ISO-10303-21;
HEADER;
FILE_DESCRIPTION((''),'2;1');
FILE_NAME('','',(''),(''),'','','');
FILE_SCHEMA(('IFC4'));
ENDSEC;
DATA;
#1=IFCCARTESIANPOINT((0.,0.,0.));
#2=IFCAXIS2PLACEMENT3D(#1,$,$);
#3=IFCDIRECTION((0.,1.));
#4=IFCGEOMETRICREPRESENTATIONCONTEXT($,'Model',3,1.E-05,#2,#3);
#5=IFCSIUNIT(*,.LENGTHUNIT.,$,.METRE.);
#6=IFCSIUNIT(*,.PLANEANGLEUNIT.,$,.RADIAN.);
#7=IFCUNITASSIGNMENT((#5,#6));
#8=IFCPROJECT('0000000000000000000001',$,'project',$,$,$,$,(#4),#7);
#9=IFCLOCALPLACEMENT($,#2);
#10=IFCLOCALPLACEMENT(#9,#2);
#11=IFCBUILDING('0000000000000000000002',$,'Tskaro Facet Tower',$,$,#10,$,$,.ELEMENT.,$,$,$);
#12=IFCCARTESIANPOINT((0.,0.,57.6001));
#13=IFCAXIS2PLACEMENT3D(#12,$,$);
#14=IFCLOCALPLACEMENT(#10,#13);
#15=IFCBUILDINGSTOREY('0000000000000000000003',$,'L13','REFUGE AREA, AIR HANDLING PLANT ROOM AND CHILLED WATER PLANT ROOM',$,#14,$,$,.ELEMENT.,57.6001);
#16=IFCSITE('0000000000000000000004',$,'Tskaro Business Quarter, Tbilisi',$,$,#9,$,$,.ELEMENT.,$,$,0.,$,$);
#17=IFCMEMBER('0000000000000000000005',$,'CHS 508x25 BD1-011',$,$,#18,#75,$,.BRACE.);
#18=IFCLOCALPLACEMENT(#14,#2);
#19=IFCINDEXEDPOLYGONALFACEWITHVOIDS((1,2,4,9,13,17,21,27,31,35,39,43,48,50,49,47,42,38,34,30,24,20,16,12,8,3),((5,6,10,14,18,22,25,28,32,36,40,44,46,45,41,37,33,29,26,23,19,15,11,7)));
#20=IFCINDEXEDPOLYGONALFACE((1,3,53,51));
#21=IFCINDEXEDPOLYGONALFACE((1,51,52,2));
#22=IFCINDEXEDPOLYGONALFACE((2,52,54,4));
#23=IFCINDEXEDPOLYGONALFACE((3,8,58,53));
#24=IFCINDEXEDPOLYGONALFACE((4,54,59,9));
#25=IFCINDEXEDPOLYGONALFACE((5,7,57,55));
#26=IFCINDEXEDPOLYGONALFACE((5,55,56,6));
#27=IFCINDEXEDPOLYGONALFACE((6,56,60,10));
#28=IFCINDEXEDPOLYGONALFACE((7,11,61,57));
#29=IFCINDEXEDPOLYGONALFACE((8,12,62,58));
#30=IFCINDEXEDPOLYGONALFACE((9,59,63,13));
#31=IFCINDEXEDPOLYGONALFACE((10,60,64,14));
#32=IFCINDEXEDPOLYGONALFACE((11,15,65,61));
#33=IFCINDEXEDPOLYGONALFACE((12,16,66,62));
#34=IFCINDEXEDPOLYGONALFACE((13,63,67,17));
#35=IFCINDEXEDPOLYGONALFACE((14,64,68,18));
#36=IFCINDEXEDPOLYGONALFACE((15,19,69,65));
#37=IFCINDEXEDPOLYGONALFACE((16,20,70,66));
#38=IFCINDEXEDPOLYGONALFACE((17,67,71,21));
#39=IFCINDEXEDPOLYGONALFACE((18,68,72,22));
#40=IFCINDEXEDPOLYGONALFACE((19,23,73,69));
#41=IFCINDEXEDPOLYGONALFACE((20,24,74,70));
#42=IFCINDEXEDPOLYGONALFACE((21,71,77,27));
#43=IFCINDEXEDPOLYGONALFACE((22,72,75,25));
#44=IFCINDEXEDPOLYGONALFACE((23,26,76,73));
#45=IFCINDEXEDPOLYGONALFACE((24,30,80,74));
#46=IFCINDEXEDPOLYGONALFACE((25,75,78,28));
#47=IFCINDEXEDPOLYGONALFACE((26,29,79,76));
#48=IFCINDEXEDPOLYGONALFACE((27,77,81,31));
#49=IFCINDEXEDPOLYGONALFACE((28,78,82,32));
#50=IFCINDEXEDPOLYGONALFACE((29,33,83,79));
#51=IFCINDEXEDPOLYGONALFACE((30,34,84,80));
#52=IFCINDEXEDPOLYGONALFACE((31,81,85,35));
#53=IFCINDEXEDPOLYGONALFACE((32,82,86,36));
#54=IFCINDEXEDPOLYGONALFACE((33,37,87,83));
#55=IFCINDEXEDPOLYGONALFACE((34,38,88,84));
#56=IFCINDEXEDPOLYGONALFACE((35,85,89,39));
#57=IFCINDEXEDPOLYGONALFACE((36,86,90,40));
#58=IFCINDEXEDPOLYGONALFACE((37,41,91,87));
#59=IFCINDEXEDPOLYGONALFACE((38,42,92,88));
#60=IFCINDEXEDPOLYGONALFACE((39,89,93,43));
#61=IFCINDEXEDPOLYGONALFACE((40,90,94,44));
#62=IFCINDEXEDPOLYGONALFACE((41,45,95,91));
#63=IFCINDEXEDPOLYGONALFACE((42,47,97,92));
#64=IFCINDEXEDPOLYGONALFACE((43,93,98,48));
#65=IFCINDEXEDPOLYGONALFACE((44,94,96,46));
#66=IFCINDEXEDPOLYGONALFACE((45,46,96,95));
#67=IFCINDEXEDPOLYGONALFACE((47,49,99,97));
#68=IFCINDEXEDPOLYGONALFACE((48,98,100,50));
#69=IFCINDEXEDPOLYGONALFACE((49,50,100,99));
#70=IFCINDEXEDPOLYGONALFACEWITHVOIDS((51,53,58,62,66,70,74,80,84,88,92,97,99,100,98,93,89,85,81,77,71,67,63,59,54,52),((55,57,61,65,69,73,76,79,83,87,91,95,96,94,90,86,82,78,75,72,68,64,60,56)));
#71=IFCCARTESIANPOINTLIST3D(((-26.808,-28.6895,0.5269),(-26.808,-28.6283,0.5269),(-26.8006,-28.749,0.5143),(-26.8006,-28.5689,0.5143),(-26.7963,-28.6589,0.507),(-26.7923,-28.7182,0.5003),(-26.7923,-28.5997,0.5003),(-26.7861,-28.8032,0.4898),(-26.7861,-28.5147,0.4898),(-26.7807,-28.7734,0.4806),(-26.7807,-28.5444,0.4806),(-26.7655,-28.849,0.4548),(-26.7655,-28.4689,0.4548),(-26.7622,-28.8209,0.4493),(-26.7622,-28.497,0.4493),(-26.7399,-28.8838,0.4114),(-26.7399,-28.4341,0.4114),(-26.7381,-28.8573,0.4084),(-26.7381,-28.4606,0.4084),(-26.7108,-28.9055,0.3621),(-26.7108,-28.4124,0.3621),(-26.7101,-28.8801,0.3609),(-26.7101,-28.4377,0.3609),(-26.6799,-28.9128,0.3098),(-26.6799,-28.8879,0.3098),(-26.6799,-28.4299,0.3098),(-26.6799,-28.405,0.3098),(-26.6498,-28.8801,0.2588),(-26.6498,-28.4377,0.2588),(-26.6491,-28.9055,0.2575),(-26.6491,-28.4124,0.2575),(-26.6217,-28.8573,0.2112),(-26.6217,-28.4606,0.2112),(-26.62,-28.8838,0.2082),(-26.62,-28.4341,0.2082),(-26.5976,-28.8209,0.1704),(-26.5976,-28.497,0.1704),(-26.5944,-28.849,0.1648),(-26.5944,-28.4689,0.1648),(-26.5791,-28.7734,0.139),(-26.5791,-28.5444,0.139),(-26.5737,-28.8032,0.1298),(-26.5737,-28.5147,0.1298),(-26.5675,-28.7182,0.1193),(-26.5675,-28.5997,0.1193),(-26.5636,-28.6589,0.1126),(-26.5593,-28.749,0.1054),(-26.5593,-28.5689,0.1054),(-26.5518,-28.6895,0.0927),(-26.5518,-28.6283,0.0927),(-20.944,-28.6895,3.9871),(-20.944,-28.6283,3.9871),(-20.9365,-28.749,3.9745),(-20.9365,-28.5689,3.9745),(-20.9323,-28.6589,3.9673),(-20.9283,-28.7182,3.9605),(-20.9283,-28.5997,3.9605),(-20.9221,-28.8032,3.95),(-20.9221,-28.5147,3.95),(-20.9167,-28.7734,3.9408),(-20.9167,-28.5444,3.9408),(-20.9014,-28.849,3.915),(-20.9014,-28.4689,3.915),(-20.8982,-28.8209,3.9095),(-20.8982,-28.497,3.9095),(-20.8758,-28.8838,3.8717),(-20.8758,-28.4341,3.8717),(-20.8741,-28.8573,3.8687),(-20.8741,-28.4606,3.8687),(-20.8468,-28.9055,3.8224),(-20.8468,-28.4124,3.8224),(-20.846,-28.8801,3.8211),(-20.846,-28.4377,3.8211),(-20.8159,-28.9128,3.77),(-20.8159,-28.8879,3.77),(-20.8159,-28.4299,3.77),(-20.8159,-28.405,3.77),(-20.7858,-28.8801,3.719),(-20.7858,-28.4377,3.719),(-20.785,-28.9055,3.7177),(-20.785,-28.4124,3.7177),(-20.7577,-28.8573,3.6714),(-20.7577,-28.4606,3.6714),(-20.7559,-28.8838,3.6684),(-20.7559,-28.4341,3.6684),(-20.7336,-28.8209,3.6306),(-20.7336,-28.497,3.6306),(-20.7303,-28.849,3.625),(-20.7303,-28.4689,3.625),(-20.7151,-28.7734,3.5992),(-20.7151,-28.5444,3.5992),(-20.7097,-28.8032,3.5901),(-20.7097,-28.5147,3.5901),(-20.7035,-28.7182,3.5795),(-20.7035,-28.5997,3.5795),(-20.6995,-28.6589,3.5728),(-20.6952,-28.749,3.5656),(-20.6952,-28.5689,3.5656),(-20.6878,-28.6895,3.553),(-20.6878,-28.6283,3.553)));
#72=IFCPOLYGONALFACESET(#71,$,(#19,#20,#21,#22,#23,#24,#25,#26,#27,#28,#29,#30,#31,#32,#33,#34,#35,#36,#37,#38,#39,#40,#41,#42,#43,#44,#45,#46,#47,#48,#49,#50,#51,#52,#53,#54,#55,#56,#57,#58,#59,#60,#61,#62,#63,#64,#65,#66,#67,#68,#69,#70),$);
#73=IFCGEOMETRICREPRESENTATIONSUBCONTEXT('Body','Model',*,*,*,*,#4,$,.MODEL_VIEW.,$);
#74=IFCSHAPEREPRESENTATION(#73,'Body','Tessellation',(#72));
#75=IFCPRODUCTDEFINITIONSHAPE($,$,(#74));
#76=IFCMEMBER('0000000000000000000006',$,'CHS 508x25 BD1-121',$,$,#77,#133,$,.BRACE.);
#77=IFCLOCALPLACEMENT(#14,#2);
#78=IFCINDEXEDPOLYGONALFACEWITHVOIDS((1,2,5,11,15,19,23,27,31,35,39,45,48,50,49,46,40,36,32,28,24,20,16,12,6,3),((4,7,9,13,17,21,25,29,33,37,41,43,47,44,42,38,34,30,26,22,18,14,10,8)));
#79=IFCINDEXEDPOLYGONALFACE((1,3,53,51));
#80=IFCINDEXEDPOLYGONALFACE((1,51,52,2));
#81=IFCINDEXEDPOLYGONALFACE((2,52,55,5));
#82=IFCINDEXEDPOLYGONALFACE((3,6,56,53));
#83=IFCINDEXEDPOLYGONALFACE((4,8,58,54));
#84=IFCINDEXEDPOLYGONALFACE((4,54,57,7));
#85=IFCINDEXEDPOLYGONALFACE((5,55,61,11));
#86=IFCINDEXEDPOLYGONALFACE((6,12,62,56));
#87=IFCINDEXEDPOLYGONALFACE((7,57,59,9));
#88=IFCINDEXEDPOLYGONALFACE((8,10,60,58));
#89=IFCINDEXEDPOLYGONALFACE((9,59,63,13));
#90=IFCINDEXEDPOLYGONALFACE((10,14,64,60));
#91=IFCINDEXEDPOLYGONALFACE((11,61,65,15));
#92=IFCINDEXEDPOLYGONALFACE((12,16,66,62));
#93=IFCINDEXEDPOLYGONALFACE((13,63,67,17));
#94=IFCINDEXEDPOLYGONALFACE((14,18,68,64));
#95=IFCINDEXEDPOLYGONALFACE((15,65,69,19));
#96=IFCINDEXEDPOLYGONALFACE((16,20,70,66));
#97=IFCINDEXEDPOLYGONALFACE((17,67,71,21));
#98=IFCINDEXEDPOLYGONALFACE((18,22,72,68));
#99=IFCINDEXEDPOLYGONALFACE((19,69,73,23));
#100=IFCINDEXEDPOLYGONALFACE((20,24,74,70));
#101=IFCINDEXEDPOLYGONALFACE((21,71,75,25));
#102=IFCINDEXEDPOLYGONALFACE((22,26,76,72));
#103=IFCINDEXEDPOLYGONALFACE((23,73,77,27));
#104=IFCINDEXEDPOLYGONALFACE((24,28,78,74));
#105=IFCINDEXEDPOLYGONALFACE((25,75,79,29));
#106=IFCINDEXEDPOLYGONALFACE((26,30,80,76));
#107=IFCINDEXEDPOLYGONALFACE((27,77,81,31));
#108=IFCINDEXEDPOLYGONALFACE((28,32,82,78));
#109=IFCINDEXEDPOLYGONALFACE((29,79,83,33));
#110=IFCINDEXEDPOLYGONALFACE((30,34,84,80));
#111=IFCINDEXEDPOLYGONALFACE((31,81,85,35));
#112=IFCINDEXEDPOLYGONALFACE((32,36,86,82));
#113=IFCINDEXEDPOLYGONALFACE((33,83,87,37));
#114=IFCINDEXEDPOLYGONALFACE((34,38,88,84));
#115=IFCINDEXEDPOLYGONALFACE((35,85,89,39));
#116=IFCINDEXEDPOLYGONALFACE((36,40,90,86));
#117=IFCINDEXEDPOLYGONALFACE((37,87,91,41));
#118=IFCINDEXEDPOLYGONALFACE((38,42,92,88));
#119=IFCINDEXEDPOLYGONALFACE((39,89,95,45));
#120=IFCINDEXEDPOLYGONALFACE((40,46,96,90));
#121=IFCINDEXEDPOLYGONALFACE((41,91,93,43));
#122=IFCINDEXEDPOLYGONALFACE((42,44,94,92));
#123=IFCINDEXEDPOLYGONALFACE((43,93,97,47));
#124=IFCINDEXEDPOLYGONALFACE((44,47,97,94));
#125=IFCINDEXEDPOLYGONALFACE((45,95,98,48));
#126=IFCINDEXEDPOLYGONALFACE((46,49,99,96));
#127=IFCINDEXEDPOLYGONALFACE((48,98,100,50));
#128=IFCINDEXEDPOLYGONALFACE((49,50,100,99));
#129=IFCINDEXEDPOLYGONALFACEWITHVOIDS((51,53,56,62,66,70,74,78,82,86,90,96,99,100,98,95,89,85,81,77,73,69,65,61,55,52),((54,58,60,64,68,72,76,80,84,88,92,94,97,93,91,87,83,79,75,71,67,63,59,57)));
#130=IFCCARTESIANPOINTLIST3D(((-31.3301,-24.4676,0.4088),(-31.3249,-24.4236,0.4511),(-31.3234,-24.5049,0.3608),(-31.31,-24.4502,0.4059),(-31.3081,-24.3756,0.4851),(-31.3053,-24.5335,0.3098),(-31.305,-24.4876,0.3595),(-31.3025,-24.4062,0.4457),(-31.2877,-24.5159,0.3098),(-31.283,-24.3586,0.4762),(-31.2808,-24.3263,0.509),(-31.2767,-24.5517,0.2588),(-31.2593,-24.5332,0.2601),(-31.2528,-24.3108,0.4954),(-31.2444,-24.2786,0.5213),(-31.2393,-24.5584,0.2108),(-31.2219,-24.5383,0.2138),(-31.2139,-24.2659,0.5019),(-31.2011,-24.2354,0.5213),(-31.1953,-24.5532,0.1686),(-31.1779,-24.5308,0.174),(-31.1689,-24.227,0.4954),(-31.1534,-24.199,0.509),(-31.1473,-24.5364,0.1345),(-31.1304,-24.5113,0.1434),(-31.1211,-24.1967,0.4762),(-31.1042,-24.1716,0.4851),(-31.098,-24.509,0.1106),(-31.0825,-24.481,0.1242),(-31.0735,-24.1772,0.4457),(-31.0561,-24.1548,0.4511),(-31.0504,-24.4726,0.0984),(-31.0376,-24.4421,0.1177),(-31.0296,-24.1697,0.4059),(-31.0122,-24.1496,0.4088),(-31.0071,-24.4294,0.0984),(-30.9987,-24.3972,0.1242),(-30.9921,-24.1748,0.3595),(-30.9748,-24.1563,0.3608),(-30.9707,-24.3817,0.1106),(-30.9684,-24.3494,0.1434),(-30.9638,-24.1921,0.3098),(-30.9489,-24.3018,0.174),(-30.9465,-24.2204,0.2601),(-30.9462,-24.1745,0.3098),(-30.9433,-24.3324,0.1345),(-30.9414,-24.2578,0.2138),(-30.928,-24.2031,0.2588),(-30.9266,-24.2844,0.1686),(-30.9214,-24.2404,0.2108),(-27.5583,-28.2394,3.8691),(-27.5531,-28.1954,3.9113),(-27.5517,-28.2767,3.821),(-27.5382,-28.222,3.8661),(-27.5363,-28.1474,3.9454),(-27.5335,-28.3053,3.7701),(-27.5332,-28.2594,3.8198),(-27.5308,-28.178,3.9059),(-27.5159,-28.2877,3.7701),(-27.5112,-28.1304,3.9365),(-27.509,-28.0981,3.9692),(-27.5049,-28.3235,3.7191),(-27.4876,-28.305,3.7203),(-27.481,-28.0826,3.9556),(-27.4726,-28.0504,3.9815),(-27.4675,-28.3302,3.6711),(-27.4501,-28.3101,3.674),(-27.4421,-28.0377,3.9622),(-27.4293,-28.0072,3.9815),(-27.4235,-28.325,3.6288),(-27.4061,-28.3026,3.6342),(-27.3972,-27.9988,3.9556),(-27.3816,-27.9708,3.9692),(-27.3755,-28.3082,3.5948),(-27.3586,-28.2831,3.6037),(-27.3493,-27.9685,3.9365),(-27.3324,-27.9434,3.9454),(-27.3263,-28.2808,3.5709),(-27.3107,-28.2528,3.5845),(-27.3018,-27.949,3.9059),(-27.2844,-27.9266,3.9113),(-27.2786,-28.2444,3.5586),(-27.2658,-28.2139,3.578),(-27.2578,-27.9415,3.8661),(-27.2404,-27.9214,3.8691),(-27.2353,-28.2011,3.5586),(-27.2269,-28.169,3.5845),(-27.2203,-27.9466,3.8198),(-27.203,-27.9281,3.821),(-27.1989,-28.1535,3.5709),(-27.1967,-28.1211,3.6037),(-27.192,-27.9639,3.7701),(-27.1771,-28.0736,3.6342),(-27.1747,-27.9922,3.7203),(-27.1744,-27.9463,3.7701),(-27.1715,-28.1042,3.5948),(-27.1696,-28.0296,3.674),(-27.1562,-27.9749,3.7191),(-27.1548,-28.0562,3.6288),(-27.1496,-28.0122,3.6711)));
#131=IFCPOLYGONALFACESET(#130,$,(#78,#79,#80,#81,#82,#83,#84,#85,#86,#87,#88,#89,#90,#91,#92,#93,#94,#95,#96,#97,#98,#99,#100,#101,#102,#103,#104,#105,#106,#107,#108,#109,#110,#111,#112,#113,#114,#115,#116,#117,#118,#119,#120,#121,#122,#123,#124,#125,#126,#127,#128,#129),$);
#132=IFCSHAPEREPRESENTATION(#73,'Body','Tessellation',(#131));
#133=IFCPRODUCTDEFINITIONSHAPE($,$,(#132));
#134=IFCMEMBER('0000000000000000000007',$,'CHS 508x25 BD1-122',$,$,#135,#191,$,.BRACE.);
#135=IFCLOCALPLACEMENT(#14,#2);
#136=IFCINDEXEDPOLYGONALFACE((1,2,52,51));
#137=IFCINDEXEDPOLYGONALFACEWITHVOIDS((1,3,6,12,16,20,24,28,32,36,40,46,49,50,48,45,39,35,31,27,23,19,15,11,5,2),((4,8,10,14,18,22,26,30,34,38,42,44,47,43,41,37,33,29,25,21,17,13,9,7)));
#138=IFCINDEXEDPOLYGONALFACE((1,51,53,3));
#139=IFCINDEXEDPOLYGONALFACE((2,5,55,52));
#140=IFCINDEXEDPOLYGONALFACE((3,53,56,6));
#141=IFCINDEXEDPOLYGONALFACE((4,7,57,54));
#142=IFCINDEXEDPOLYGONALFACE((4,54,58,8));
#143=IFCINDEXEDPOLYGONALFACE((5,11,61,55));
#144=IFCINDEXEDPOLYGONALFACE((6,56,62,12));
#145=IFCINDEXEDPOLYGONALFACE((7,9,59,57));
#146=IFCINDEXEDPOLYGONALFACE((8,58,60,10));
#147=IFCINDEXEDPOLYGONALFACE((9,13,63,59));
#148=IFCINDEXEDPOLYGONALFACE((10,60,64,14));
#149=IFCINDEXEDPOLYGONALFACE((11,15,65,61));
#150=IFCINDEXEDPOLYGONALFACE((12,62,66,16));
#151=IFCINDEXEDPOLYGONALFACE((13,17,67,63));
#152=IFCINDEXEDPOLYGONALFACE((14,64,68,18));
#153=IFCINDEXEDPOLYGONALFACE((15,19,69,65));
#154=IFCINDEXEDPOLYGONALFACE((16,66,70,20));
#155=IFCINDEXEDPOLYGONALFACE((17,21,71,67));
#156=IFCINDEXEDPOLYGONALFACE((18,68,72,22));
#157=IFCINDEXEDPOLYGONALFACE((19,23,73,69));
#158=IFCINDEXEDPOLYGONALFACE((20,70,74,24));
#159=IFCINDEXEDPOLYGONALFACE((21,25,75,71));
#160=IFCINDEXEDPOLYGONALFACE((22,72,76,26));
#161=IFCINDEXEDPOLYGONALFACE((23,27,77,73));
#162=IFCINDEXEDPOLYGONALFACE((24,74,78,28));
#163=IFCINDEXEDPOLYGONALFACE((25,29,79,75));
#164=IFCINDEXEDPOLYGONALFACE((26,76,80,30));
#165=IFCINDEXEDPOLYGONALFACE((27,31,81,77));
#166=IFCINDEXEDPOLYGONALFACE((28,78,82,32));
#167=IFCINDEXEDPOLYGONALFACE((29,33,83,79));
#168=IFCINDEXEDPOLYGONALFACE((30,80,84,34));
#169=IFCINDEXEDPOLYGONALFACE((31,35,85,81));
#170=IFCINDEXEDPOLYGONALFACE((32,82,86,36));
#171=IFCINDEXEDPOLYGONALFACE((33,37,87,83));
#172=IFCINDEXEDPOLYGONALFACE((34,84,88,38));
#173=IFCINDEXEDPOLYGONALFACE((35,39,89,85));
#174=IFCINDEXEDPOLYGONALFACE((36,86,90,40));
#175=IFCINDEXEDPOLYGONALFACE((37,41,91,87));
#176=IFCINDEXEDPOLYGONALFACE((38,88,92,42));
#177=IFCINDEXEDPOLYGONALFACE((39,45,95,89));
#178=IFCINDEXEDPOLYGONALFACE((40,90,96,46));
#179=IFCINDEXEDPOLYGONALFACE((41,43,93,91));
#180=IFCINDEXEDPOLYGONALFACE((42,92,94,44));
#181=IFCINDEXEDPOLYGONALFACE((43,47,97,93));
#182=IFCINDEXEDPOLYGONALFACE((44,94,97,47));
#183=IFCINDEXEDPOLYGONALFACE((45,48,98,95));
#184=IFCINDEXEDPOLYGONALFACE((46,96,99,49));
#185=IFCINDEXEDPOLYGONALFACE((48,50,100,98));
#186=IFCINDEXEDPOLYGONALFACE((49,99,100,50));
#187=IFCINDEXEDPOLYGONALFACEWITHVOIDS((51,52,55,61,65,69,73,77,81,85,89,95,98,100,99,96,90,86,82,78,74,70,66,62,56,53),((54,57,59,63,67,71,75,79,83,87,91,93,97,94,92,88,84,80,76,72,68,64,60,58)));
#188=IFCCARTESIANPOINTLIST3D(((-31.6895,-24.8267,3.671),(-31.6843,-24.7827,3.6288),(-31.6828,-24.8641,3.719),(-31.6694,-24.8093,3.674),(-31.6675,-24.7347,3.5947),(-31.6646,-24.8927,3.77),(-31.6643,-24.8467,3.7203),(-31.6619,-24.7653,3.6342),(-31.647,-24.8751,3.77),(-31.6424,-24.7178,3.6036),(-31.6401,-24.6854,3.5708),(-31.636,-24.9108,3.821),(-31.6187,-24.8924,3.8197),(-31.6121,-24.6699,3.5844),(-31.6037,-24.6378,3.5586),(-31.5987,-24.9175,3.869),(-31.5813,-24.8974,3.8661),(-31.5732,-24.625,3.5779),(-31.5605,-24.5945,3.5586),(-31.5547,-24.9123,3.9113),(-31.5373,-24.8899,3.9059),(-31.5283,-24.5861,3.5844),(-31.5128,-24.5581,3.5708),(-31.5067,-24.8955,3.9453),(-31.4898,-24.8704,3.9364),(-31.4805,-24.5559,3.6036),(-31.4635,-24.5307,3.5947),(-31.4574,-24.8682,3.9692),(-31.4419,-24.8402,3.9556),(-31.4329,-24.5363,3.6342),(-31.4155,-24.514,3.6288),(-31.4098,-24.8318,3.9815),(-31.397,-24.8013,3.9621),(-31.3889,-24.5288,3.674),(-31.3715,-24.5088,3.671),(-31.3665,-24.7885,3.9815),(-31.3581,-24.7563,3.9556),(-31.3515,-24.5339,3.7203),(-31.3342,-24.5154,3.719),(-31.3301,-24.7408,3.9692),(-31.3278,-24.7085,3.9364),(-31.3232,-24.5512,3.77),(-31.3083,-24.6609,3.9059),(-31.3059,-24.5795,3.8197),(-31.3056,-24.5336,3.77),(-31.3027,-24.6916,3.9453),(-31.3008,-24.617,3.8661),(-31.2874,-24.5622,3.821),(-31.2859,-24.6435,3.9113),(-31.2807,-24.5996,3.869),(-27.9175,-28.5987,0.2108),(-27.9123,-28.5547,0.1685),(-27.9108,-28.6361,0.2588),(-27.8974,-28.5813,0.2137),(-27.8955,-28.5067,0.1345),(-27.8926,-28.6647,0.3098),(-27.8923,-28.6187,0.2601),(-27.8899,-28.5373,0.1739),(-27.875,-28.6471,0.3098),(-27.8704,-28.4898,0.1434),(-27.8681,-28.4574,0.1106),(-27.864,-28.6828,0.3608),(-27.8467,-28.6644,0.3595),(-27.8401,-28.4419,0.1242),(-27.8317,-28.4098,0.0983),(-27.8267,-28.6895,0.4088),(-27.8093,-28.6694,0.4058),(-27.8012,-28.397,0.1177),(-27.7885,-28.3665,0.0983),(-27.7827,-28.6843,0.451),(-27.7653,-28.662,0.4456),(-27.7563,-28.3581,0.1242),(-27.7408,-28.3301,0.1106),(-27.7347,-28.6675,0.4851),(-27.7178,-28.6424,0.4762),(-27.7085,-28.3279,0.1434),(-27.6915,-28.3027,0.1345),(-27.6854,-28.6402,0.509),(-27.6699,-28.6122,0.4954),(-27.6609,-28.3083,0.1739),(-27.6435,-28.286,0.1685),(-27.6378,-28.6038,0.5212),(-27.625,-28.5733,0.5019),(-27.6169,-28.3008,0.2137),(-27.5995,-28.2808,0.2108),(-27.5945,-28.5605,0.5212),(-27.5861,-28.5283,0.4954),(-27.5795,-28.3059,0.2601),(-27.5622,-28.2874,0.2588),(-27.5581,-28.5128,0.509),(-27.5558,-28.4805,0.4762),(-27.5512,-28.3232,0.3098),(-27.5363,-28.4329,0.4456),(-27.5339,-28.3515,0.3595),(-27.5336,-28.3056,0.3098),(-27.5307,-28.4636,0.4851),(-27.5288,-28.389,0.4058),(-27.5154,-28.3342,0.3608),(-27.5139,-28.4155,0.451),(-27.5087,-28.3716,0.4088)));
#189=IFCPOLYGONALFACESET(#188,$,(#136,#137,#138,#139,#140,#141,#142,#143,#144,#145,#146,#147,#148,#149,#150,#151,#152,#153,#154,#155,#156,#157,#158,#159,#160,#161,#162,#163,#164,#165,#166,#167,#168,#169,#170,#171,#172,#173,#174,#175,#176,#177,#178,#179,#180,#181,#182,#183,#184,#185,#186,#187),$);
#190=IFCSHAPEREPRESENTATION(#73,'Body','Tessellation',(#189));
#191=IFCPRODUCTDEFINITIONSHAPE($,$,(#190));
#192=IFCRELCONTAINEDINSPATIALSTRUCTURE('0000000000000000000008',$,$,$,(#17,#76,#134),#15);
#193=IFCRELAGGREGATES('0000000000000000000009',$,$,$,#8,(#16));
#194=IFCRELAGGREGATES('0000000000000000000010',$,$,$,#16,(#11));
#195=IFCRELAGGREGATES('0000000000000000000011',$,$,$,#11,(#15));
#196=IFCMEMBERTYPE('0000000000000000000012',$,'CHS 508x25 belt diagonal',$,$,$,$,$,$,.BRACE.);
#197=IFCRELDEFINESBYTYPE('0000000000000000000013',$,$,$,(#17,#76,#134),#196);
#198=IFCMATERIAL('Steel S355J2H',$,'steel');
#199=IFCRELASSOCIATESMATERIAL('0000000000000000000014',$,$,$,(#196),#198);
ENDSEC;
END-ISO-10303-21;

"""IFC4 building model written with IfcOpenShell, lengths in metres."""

from ifc_helpers import new_model, si_unit, direction, frame, origin, origin_2d, place, context, subcontext, project, spatial, hollow_circle, extrude, material, material_profile, profile_set, type_object, element, save


model = new_model("IFC4")

# Units and contexts
model_context = context("Model", 3, precision=1e-05, world=origin(), true_north=direction((0.0, 1.0)))
body_context = subcontext(model_context, "Body", "Model", "MODEL_VIEW")
ifc_project = project(units=[si_unit("LENGTHUNIT", "METRE"), si_unit("PLANEANGLEUNIT", "RADIAN")], contexts=[model_context])

# Site, building, storey
site_placement = place(None, origin())
site = spatial("IfcSite", under=ifc_project, at=site_placement, Name="Tskaro Business Quarter, Tbilisi", CompositionType="ELEMENT", RefElevation=0.0)
building_placement = place(site_placement, origin())
building = spatial("IfcBuilding", under=site, at=building_placement, Name="Tskaro Facet Tower", CompositionType="ELEMENT")
storey_placement = place(building_placement, frame((0.0, 0.0, 57.6001)))
storey = spatial("IfcBuildingStorey", under=building, at=storey_placement, Name="L13", Description="REFUGE AREA, AIR HANDLING PLANT ROOM AND CHILLED WATER PLANT ROOM", CompositionType="ELEMENT", Elevation=57.6001)

# Shared definitions
ifc_material_1 = material(Name="Steel S355J2H", Category="steel")

# Members
ifc_material_profile_1 = material_profile(ifc_material_1, hollow_circle(Radius=0.2539, WallThickness=0.0249, at=origin_2d()), Name="CHS 508x25")
ifc_profile_set_1 = profile_set([ifc_material_profile_1], Name="Steel S355J2H")
member_type_1 = type_object("IfcMemberType", Name="CHS 508x25 belt diagonal", PredefinedType="BRACE", material=ifc_profile_set_1)
member_1_placement = place(storey_placement, frame((-26.6799, -28.6589, 0.3098), z_axis=(0.861241, 0.0, 0.508196), x_axis=(0.0, 1.0, 0.0)))
element("IfcMember", 1, at=member_1_placement, inside=storey, type_object=member_type_1, Name="CHS 508x25 BD1-011", PredefinedType="BRACE", context=body_context, shape_type="SweptSolid", body=[
    extrude(hollow_circle(Radius=0.2539, WallThickness=0.0249, at=origin_2d()), origin(), (0.0, 0.0, 1.0), 6.8088),
])
member_2_placement = place(storey_placement, frame((-31.1257, -24.354, 0.3098), z_axis=(0.59322, -0.59322, 0.544224), x_axis=(0.707107, 0.707107, 0.0)))
element("IfcMember", 2, at=member_2_placement, inside=storey, type_object=member_type_1, Name="CHS 508x25 BD1-121", PredefinedType="BRACE", context=body_context, shape_type="SweptSolid", body=[
    extrude(hollow_circle(Radius=0.2539, WallThickness=0.0249, at=origin_2d()), origin(), (0.0, 0.0, 1.0), 6.3582),
])
member_3_placement = place(storey_placement, frame((-31.4851, -24.7131, 3.77), z_axis=(0.593232, -0.593232, -0.544199), x_axis=(0.707107, 0.707107, 0.0)))
element("IfcMember", 3, at=member_3_placement, inside=storey, type_object=member_type_1, Name="CHS 508x25 BD1-122", PredefinedType="BRACE", context=body_context, shape_type="SweptSolid", body=[
    extrude(hollow_circle(Radius=0.2539, WallThickness=0.0249, at=origin_2d()), origin(), (0.0, 0.0, 1.0), 6.3584),
])

save(model, "model.ifc")
